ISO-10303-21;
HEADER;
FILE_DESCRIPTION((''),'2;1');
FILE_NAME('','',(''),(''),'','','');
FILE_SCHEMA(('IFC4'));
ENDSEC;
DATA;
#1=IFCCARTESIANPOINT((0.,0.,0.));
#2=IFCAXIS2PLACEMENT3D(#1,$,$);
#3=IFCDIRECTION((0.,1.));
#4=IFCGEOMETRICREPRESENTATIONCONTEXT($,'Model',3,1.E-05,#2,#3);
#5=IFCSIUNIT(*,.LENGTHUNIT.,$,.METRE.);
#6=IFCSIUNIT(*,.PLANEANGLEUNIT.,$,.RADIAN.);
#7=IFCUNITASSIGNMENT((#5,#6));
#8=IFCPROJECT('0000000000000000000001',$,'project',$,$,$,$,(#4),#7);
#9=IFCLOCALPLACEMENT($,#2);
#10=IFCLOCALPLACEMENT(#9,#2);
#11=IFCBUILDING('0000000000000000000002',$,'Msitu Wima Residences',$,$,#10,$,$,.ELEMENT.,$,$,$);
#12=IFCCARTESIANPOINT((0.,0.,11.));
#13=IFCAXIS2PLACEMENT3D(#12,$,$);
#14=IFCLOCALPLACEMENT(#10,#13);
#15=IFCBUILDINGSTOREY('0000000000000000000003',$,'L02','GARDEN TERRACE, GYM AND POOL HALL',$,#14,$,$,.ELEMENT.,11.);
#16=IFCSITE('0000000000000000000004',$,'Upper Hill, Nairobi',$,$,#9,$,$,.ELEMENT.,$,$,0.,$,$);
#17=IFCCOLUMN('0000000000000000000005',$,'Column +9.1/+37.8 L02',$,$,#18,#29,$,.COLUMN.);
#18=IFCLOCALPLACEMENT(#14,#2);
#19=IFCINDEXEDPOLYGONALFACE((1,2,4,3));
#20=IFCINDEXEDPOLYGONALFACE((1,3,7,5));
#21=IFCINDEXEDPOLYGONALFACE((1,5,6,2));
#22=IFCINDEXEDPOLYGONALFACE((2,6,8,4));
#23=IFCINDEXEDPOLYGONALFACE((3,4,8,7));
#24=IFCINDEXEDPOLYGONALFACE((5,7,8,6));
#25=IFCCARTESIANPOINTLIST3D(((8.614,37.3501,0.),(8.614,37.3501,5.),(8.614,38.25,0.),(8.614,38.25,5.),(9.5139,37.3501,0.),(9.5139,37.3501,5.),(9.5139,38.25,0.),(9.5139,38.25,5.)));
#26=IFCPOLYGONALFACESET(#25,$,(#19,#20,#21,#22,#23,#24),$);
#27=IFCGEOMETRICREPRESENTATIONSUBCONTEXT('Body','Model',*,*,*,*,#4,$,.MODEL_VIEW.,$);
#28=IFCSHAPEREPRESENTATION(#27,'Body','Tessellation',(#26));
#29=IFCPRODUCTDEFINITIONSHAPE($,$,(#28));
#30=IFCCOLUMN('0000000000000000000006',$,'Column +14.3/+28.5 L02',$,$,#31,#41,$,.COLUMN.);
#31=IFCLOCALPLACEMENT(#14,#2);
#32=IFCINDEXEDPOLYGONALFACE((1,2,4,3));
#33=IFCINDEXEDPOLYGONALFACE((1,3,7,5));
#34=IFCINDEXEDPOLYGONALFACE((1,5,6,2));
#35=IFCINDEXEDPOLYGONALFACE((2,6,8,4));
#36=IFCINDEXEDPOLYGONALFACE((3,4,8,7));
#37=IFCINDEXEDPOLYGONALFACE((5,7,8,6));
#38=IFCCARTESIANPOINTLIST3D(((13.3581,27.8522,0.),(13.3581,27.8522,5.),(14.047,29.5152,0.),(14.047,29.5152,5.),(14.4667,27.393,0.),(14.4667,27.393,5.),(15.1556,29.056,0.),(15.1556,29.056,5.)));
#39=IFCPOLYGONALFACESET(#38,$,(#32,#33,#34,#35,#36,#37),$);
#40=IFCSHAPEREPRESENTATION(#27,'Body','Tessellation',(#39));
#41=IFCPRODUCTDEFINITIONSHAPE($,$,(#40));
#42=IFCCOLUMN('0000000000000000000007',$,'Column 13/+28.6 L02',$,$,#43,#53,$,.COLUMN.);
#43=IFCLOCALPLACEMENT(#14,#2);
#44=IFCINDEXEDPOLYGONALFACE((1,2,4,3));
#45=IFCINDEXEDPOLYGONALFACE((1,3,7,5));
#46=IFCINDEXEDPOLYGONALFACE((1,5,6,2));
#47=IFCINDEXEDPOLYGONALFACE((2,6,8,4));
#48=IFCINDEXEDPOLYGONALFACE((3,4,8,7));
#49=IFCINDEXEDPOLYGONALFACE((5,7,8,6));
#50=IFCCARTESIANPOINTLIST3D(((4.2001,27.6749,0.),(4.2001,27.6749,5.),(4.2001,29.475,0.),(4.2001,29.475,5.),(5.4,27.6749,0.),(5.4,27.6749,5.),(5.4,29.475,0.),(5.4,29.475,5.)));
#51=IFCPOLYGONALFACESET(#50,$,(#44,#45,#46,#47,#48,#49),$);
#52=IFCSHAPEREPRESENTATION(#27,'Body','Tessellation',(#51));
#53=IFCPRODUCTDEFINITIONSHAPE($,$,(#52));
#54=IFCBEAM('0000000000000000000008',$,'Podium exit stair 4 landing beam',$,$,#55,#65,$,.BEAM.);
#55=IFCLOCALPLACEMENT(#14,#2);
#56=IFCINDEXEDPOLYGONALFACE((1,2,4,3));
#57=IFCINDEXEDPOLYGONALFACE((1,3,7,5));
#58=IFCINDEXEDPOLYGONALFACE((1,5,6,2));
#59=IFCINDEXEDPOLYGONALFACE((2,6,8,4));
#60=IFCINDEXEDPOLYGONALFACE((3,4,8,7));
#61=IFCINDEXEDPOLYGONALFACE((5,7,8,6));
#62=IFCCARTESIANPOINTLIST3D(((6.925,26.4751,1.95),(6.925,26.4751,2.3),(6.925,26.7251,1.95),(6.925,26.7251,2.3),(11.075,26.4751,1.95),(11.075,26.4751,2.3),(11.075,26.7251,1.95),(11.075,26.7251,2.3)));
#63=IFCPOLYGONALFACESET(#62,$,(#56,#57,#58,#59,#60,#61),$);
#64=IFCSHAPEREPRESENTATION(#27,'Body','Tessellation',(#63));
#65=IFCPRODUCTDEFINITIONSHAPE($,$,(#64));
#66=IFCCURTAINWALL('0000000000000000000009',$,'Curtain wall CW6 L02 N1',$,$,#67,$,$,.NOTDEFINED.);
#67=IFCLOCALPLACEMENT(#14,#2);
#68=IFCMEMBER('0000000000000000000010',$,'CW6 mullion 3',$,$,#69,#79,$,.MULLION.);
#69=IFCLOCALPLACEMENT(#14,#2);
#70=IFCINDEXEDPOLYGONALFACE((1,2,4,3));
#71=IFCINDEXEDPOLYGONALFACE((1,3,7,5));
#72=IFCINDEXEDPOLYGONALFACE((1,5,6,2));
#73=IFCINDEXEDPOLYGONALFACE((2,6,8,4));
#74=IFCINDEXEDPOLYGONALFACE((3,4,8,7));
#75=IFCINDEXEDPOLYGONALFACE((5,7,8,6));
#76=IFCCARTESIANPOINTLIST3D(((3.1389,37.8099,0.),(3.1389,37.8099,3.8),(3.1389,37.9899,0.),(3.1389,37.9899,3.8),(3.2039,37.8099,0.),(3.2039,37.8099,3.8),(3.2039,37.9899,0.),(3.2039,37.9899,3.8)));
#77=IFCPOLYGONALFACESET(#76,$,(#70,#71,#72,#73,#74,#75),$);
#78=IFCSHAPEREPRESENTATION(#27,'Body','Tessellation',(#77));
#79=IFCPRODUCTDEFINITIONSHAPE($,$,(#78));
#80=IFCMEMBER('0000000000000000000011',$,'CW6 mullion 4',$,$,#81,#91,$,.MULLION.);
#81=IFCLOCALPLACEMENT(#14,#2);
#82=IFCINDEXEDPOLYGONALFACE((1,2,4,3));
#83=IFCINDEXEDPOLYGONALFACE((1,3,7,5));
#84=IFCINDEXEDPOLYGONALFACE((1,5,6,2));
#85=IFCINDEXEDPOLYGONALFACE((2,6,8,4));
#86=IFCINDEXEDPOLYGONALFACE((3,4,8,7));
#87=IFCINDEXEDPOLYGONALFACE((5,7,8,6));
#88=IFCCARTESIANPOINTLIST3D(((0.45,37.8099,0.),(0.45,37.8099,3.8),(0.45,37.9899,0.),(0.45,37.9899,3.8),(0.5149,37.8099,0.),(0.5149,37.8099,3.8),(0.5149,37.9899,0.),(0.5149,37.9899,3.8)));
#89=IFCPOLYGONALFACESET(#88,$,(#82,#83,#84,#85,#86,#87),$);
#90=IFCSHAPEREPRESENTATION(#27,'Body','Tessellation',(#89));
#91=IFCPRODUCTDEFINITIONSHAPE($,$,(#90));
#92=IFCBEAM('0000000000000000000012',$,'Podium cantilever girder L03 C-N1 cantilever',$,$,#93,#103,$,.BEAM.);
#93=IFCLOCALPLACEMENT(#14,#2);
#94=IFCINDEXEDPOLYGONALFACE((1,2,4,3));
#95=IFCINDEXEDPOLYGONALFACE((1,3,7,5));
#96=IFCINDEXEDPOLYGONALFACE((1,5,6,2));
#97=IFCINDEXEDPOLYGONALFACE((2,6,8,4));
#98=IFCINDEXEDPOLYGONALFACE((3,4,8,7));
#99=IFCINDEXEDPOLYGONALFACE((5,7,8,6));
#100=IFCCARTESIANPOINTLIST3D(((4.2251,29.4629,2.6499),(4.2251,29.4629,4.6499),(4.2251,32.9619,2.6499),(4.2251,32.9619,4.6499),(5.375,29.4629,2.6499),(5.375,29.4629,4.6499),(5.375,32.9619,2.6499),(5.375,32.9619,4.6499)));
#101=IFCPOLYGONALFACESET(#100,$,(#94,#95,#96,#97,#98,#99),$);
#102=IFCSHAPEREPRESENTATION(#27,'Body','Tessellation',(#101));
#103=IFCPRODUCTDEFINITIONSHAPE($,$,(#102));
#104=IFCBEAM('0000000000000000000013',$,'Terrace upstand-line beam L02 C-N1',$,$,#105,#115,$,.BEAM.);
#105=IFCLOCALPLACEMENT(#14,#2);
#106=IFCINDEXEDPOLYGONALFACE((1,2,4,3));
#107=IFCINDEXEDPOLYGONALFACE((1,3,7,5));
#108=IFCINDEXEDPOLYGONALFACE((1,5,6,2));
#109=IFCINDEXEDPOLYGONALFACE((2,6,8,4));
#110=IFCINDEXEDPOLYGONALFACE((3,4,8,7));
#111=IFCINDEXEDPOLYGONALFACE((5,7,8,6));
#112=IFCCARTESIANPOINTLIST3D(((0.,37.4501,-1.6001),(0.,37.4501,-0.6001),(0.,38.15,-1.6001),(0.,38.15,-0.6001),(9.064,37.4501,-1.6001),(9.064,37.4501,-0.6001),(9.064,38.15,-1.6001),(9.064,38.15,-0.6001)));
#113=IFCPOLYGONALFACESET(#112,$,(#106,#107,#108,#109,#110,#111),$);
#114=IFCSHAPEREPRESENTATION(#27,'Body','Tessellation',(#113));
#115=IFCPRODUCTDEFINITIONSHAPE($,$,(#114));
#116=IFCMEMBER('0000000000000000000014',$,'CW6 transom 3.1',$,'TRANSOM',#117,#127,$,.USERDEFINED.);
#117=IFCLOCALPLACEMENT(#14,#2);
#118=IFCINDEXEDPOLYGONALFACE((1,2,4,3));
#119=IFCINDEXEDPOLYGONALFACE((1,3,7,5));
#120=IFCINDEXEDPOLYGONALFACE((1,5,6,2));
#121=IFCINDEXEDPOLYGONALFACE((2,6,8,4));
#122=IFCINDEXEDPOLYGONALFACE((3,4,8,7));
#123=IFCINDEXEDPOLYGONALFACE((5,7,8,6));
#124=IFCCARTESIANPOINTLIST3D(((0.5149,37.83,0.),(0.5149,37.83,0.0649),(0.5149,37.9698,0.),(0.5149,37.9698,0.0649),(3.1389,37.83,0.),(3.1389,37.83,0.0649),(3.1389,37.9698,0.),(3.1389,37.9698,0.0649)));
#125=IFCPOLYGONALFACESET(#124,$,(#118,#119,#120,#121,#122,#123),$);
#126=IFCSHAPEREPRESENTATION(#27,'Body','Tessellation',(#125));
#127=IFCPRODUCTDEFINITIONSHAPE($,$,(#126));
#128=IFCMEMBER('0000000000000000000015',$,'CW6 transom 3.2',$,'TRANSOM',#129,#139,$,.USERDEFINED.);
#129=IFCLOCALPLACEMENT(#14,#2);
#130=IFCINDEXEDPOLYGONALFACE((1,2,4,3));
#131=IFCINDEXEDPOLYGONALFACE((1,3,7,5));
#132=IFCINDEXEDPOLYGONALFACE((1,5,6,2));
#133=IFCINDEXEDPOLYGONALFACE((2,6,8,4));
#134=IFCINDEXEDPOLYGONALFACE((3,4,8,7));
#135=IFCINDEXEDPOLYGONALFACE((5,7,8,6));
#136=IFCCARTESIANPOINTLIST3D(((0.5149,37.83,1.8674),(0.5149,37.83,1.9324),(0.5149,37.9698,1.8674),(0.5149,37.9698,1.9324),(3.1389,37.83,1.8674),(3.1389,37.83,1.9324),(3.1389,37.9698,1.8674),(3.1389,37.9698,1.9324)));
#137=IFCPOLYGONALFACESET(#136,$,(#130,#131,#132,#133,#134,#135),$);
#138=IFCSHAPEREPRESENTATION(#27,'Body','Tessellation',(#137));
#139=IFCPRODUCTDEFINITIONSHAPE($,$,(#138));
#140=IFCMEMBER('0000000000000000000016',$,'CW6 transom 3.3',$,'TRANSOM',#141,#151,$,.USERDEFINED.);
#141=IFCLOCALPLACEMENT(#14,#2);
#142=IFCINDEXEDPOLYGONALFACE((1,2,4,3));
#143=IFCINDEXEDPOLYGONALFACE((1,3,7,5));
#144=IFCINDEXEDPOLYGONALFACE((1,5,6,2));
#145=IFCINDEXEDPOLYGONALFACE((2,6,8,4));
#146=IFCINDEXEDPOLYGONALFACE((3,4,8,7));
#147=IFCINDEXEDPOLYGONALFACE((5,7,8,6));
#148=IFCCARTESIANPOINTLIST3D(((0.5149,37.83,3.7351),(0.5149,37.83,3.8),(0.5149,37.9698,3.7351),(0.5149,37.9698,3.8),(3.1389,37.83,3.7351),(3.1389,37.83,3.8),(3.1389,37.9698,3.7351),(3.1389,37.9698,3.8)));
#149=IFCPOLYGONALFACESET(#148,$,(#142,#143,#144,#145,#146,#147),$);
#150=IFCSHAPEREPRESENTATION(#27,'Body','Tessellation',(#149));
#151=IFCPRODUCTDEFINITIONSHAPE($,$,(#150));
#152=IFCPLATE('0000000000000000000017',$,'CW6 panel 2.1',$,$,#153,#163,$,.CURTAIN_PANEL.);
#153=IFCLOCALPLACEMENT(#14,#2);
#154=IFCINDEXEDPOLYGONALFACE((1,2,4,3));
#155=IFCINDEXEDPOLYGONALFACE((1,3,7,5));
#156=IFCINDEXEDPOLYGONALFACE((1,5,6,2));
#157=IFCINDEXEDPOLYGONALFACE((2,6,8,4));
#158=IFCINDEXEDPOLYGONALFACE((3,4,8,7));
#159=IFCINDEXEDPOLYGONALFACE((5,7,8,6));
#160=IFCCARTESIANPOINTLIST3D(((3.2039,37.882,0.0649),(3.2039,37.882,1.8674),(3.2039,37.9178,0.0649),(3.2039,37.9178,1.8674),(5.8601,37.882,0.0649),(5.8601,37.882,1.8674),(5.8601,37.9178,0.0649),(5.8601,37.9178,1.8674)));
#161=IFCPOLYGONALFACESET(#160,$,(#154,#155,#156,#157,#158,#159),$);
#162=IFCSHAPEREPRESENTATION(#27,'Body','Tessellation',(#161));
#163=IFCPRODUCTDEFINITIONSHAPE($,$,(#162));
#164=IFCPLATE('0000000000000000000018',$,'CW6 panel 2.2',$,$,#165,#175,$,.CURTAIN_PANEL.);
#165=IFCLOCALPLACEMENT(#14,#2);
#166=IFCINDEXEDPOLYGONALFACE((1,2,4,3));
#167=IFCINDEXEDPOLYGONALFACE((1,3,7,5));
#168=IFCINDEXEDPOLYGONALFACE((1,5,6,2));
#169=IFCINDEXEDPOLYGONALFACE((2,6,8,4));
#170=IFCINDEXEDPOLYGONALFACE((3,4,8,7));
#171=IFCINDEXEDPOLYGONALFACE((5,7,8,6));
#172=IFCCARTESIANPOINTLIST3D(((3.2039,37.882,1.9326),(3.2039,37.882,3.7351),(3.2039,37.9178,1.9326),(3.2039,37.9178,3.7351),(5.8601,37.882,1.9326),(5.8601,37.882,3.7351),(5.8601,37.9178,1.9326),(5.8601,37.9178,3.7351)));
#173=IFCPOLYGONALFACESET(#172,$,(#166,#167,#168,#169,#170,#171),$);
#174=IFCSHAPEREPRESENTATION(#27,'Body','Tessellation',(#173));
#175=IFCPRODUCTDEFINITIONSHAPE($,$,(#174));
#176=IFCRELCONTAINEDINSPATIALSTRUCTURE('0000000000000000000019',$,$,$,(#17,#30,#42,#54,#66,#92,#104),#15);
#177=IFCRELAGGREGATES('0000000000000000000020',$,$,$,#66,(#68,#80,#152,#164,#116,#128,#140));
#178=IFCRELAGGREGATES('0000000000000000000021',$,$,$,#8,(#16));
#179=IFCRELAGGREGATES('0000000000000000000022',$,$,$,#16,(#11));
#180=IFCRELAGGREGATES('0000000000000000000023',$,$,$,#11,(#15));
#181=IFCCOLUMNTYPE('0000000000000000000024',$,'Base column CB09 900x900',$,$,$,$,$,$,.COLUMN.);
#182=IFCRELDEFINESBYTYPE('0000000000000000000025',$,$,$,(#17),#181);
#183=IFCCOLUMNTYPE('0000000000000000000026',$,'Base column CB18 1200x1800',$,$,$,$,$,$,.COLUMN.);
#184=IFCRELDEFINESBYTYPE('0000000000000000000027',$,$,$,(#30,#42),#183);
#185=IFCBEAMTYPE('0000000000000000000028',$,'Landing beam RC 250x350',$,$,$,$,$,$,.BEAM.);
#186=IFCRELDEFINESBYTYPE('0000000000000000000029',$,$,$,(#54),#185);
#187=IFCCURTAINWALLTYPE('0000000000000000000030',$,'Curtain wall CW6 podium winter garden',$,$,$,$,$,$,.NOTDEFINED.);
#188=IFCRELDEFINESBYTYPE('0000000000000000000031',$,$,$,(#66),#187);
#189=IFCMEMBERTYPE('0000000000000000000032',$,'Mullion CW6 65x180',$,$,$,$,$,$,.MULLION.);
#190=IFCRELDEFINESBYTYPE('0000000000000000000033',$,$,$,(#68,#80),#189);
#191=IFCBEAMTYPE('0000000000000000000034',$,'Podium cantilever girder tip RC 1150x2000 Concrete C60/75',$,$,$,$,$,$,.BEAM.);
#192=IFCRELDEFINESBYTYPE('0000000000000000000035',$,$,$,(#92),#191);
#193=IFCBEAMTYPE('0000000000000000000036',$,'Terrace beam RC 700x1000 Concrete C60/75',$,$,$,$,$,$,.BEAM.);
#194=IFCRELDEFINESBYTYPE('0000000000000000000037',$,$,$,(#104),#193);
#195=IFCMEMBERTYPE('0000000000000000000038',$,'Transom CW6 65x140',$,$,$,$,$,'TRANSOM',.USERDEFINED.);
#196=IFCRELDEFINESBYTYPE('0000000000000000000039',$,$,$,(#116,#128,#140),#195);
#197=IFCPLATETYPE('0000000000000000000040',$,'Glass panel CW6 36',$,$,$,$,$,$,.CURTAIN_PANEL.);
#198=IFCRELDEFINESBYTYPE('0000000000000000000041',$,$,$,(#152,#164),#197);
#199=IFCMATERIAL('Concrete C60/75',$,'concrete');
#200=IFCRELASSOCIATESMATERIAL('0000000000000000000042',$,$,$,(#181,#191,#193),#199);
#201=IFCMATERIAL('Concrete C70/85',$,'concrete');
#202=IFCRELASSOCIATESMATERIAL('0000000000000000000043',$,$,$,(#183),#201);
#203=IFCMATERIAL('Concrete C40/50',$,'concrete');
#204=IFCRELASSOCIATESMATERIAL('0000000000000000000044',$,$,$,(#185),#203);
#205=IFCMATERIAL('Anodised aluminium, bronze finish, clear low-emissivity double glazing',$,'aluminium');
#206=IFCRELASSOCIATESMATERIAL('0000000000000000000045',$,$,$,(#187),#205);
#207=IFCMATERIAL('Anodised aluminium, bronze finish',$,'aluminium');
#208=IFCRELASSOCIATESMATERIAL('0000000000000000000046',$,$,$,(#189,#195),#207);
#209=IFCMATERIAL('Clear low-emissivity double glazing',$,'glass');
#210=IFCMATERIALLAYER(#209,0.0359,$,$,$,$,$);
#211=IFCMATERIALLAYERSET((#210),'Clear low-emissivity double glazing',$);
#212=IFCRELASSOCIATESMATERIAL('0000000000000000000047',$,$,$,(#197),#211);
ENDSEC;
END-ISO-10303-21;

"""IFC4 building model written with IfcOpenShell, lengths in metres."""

from ifc_helpers import new_model, si_unit, direction, frame, origin, origin_2d, place, context, subcontext, project, spatial, rectangle, extrude, material, layer, layer_set, material_profile, profile_set, type_object, element, aggregate, save


model = new_model("IFC4")

# Units and contexts
model_context = context("Model", 3, precision=1e-05, world=origin(), true_north=direction((0.0, 1.0)))
body_context = subcontext(model_context, "Body", "Model", "MODEL_VIEW")
ifc_project = project(units=[si_unit("LENGTHUNIT", "METRE"), si_unit("PLANEANGLEUNIT", "RADIAN")], contexts=[model_context])

# Site, building, storey
site_placement = place(None, origin())
site = spatial("IfcSite", under=ifc_project, at=site_placement, Name="Upper Hill, Nairobi", CompositionType="ELEMENT", RefElevation=0.0)
building_placement = place(site_placement, origin())
building = spatial("IfcBuilding", under=site, at=building_placement, Name="Msitu Wima Residences", CompositionType="ELEMENT")
storey_placement = place(building_placement, frame((0.0, 0.0, 11.0)))
storey = spatial("IfcBuildingStorey", under=building, at=storey_placement, Name="L02", Description="GARDEN TERRACE, GYM AND POOL HALL", CompositionType="ELEMENT", Elevation=11.0)

# Columns
ifc_material_1 = material(Name="Concrete C60/75", Category="concrete")
ifc_material_profile_1 = material_profile(ifc_material_1, rectangle(XDim=0.8999, YDim=0.8999, at=origin_2d()), Name="RC 900x900")
ifc_profile_set_1 = profile_set([ifc_material_profile_1], Name="Concrete C60/75")
column_type_1 = type_object("IfcColumnType", Name="Base column CB09 900x900", PredefinedType="COLUMN", material=ifc_profile_set_1)
column_placement = place(storey_placement, frame((9.064, 37.8, 0.0), z_axis=(0.0, 0.0, 1.0), x_axis=(1.0, 0.0, 0.0)))
element("IfcColumn", 1, at=column_placement, inside=storey, type_object=column_type_1, Name="Column +9.1/+37.8 L02", PredefinedType="COLUMN", context=body_context, shape_type="SweptSolid", body=[
    extrude(rectangle(XDim=0.8999, YDim=0.8999, at=origin_2d()), origin(), (0.0, 0.0, 1.0), 5.0),
])
ifc_material_2 = material(Name="Concrete C70/85", Category="concrete")
ifc_material_profile_2 = material_profile(ifc_material_2, rectangle(XDim=1.2, YDim=1.8, at=origin_2d()), Name="RC 1200x1800")
ifc_profile_set_2 = profile_set([ifc_material_profile_2], Name="Concrete C70/85")
column_type_2 = type_object("IfcColumnType", Name="Base column CB18 1200x1800", PredefinedType="COLUMN", material=ifc_profile_set_2)
for number, where, z_axis, x_axis, name in (
    (2, (14.2568, 28.4541, 0.0), (0.0, 0.0, 1.0), (-0.92388, 0.382683, 0.0), "Column +14.3/+28.5 L02"),
    (3, (4.8, 28.575, 0.0), (0.0, 0.0, 1.0), (-1.0, 0.0, 0.0), "Column 13/+28.6 L02"),
):
    element("IfcColumn", number, at=place(storey_placement, frame(where, z_axis=z_axis, x_axis=x_axis)), inside=storey, type_object=column_type_2, Name=name, PredefinedType="COLUMN", context=body_context, shape_type="SweptSolid", body=[
        extrude(rectangle(XDim=1.2, YDim=1.8, at=origin_2d()), origin(), (0.0, 0.0, 1.0), 5.0),
    ])

# Beam
ifc_material_3 = material(Name="Concrete C40/50", Category="concrete")
ifc_material_profile_3 = material_profile(ifc_material_3, rectangle(XDim=0.25, YDim=0.3501, at=origin_2d()), Name="RC 250x350")
ifc_profile_set_3 = profile_set([ifc_material_profile_3], Name="Concrete C40/50")
beam_type_1 = type_object("IfcBeamType", Name="Landing beam RC 250x350", PredefinedType="BEAM", material=ifc_profile_set_3)
beam_1_placement = place(storey_placement, frame((6.925, 26.6001, 2.125), z_axis=(1.0, 0.0, 0.0), x_axis=(0.0, 1.0, 0.0)))
element("IfcBeam", 4, at=beam_1_placement, inside=storey, type_object=beam_type_1, Name="Podium exit stair 4 landing beam", PredefinedType="BEAM", context=body_context, shape_type="SweptSolid", body=[
    extrude(rectangle(XDim=0.25, YDim=0.3501, at=origin_2d()), origin(), (0.0, 0.0, 1.0), 4.1499),
])

# Curtain wall, members
ifc_material_4 = material(Name="Anodised aluminium, bronze finish, clear low-emissivity double glazing", Category="aluminium")
curtain_wall_type = type_object("IfcCurtainWallType", Name="Curtain wall CW6 podium winter garden", PredefinedType="NOTDEFINED", material=ifc_material_4)
curtain_wall_placement = place(storey_placement, origin())
curtain_wall = element("IfcCurtainWall", 5, at=curtain_wall_placement, inside=storey, type_object=curtain_wall_type, Name="Curtain wall CW6 L02 N1", PredefinedType="NOTDEFINED")
ifc_material_5 = material(Name="Anodised aluminium, bronze finish", Category="aluminium")
ifc_material_profile_4 = material_profile(ifc_material_5, rectangle(XDim=0.1799, YDim=0.0649, at=origin_2d()), Name="Mullion 65x180")
ifc_profile_set_4 = profile_set([ifc_material_profile_4], Name="Anodised aluminium, bronze finish")
member_type_1 = type_object("IfcMemberType", Name="Mullion CW6 65x180", PredefinedType="MULLION", material=ifc_profile_set_4)
member_1_placement = place(storey_placement, frame((3.1714, 37.8999, 0.0), z_axis=(0.0, 0.0, 1.0), x_axis=(0.0, -1.0, 0.0)))
member_1 = element("IfcMember", 6, at=member_1_placement, type_object=member_type_1, Name="CW6 mullion 3", PredefinedType="MULLION", context=body_context, shape_type="SweptSolid", body=[
    extrude(rectangle(XDim=0.1799, YDim=0.0649, at=origin_2d()), origin(), (0.0, 0.0, 1.0), 3.8),
])
member_2_placement = place(storey_placement, frame((0.4824, 37.8999, 0.0), z_axis=(0.0, 0.0, 1.0), x_axis=(0.0, -1.0, 0.0)))
member_2 = element("IfcMember", 7, at=member_2_placement, type_object=member_type_1, Name="CW6 mullion 4", PredefinedType="MULLION", context=body_context, shape_type="SweptSolid", body=[
    extrude(rectangle(XDim=0.1799, YDim=0.0649, at=origin_2d()), origin(), (0.0, 0.0, 1.0), 3.8),
])

# Beams
ifc_material_profile_5 = material_profile(ifc_material_1, rectangle(XDim=1.1499, YDim=2.0, at=origin_2d()), Name="RC 1150x2000")
ifc_profile_set_5 = profile_set([ifc_material_profile_5], Name="Concrete C60/75")
beam_type_2 = type_object("IfcBeamType", Name="Podium cantilever girder tip RC 1150x2000 Concrete C60/75", PredefinedType="BEAM", material=ifc_profile_set_5)
beam_2_placement = place(storey_placement, frame((4.8, 29.4629, 3.6499), z_axis=(0.0, 1.0, 0.0), x_axis=(-1.0, 0.0, 0.0)))
element("IfcBeam", 8, at=beam_2_placement, inside=storey, type_object=beam_type_2, Name="Podium cantilever girder L03 C-N1 cantilever", PredefinedType="BEAM", context=body_context, shape_type="SweptSolid", body=[
    extrude(rectangle(XDim=1.1499, YDim=2.0, at=origin_2d()), origin(), (0.0, 0.0, 1.0), 3.499),
])
ifc_material_profile_6 = material_profile(ifc_material_1, rectangle(XDim=0.7, YDim=1.0, at=origin_2d()), Name="RC 700x1000")
ifc_profile_set_6 = profile_set([ifc_material_profile_6], Name="Concrete C60/75")
beam_type_3 = type_object("IfcBeamType", Name="Terrace beam RC 700x1000 Concrete C60/75", PredefinedType="BEAM", material=ifc_profile_set_6)
beam_3_placement = place(storey_placement, frame((9.064, 37.8, -1.1001), z_axis=(-1.0, 0.0, 0.0), x_axis=(0.0, -1.0, 0.0)))
element("IfcBeam", 9, at=beam_3_placement, inside=storey, type_object=beam_type_3, Name="Terrace upstand-line beam L02 C-N1", PredefinedType="BEAM", context=body_context, shape_type="SweptSolid", body=[
    extrude(rectangle(XDim=0.7, YDim=1.0, at=origin_2d()), origin(), (0.0, 0.0, 1.0), 9.064),
])

# Members
ifc_material_profile_7 = material_profile(ifc_material_5, rectangle(XDim=0.1399, YDim=0.0649, at=origin_2d()), Name="Transom 65x140")
ifc_profile_set_7 = profile_set([ifc_material_profile_7], Name="Anodised aluminium, bronze finish")
member_type_2 = type_object("IfcMemberType", Name="Transom CW6 65x140", ElementType="TRANSOM", PredefinedType="USERDEFINED", material=ifc_profile_set_7)
member_3_placement = place(storey_placement, frame((3.1389, 37.8999, 0.0325), z_axis=(-1.0, 0.0, 0.0), x_axis=(0.0, -1.0, 0.0)))
member_3 = element("IfcMember", 10, at=member_3_placement, type_object=member_type_2, Name="CW6 transom 3.1", ObjectType="TRANSOM", PredefinedType="USERDEFINED", context=body_context, shape_type="SweptSolid", body=[
    extrude(rectangle(XDim=0.1399, YDim=0.0649, at=origin_2d()), origin(), (0.0, 0.0, 1.0), 2.624),
])
member_4_placement = place(storey_placement, frame((3.1389, 37.8999, 1.8999), z_axis=(-1.0, 0.0, 0.0), x_axis=(0.0, -1.0, 0.0)))
member_4 = element("IfcMember", 11, at=member_4_placement, type_object=member_type_2, Name="CW6 transom 3.2", ObjectType="TRANSOM", PredefinedType="USERDEFINED", context=body_context, shape_type="SweptSolid", body=[
    extrude(rectangle(XDim=0.1399, YDim=0.0649, at=origin_2d()), origin(), (0.0, 0.0, 1.0), 2.624),
])
member_5_placement = place(storey_placement, frame((3.1389, 37.8999, 3.7676), z_axis=(-1.0, 0.0, 0.0), x_axis=(0.0, -1.0, 0.0)))
member_5 = element("IfcMember", 12, at=member_5_placement, type_object=member_type_2, Name="CW6 transom 3.3", ObjectType="TRANSOM", PredefinedType="USERDEFINED", context=body_context, shape_type="SweptSolid", body=[
    extrude(rectangle(XDim=0.1399, YDim=0.0649, at=origin_2d()), origin(), (0.0, 0.0, 1.0), 2.624),
])

# Plates
ifc_material_6 = material(Name="Clear low-emissivity double glazing", Category="glass")
ifc_layer_1 = layer(ifc_material_6, 0.0359)
ifc_layer_set_1 = layer_set([ifc_layer_1], Name="Clear low-emissivity double glazing")
plate_type = type_object("IfcPlateType", Name="Glass panel CW6 36", PredefinedType="CURTAIN_PANEL", material=ifc_layer_set_1)
plate_1_placement = place(storey_placement, frame((4.532, 37.8999, 0.0649), z_axis=(0.0, 0.0, 1.0), x_axis=(-1.0, 0.0, 0.0)))
plate_1 = element("IfcPlate", 13, at=plate_1_placement, type_object=plate_type, Name="CW6 panel 2.1", PredefinedType="CURTAIN_PANEL", context=body_context, shape_type="SweptSolid", body=[
    extrude(rectangle(XDim=2.6562, YDim=0.0359, at=origin_2d()), origin(), (0.0, 0.0, 1.0), 1.8025),
])
plate_2_placement = place(storey_placement, frame((4.532, 37.8999, 1.9326), z_axis=(0.0, 0.0, 1.0), x_axis=(-1.0, 0.0, 0.0)))
plate_2 = element("IfcPlate", 14, at=plate_2_placement, type_object=plate_type, Name="CW6 panel 2.2", PredefinedType="CURTAIN_PANEL", context=body_context, shape_type="SweptSolid", body=[
    extrude(rectangle(XDim=2.6562, YDim=0.0359, at=origin_2d()), origin(), (0.0, 0.0, 1.0), 1.8025),
])
aggregate(curtain_wall, [member_1, member_2, plate_1, plate_2, member_3, member_4, member_5])

save(model, "model.ifc")
